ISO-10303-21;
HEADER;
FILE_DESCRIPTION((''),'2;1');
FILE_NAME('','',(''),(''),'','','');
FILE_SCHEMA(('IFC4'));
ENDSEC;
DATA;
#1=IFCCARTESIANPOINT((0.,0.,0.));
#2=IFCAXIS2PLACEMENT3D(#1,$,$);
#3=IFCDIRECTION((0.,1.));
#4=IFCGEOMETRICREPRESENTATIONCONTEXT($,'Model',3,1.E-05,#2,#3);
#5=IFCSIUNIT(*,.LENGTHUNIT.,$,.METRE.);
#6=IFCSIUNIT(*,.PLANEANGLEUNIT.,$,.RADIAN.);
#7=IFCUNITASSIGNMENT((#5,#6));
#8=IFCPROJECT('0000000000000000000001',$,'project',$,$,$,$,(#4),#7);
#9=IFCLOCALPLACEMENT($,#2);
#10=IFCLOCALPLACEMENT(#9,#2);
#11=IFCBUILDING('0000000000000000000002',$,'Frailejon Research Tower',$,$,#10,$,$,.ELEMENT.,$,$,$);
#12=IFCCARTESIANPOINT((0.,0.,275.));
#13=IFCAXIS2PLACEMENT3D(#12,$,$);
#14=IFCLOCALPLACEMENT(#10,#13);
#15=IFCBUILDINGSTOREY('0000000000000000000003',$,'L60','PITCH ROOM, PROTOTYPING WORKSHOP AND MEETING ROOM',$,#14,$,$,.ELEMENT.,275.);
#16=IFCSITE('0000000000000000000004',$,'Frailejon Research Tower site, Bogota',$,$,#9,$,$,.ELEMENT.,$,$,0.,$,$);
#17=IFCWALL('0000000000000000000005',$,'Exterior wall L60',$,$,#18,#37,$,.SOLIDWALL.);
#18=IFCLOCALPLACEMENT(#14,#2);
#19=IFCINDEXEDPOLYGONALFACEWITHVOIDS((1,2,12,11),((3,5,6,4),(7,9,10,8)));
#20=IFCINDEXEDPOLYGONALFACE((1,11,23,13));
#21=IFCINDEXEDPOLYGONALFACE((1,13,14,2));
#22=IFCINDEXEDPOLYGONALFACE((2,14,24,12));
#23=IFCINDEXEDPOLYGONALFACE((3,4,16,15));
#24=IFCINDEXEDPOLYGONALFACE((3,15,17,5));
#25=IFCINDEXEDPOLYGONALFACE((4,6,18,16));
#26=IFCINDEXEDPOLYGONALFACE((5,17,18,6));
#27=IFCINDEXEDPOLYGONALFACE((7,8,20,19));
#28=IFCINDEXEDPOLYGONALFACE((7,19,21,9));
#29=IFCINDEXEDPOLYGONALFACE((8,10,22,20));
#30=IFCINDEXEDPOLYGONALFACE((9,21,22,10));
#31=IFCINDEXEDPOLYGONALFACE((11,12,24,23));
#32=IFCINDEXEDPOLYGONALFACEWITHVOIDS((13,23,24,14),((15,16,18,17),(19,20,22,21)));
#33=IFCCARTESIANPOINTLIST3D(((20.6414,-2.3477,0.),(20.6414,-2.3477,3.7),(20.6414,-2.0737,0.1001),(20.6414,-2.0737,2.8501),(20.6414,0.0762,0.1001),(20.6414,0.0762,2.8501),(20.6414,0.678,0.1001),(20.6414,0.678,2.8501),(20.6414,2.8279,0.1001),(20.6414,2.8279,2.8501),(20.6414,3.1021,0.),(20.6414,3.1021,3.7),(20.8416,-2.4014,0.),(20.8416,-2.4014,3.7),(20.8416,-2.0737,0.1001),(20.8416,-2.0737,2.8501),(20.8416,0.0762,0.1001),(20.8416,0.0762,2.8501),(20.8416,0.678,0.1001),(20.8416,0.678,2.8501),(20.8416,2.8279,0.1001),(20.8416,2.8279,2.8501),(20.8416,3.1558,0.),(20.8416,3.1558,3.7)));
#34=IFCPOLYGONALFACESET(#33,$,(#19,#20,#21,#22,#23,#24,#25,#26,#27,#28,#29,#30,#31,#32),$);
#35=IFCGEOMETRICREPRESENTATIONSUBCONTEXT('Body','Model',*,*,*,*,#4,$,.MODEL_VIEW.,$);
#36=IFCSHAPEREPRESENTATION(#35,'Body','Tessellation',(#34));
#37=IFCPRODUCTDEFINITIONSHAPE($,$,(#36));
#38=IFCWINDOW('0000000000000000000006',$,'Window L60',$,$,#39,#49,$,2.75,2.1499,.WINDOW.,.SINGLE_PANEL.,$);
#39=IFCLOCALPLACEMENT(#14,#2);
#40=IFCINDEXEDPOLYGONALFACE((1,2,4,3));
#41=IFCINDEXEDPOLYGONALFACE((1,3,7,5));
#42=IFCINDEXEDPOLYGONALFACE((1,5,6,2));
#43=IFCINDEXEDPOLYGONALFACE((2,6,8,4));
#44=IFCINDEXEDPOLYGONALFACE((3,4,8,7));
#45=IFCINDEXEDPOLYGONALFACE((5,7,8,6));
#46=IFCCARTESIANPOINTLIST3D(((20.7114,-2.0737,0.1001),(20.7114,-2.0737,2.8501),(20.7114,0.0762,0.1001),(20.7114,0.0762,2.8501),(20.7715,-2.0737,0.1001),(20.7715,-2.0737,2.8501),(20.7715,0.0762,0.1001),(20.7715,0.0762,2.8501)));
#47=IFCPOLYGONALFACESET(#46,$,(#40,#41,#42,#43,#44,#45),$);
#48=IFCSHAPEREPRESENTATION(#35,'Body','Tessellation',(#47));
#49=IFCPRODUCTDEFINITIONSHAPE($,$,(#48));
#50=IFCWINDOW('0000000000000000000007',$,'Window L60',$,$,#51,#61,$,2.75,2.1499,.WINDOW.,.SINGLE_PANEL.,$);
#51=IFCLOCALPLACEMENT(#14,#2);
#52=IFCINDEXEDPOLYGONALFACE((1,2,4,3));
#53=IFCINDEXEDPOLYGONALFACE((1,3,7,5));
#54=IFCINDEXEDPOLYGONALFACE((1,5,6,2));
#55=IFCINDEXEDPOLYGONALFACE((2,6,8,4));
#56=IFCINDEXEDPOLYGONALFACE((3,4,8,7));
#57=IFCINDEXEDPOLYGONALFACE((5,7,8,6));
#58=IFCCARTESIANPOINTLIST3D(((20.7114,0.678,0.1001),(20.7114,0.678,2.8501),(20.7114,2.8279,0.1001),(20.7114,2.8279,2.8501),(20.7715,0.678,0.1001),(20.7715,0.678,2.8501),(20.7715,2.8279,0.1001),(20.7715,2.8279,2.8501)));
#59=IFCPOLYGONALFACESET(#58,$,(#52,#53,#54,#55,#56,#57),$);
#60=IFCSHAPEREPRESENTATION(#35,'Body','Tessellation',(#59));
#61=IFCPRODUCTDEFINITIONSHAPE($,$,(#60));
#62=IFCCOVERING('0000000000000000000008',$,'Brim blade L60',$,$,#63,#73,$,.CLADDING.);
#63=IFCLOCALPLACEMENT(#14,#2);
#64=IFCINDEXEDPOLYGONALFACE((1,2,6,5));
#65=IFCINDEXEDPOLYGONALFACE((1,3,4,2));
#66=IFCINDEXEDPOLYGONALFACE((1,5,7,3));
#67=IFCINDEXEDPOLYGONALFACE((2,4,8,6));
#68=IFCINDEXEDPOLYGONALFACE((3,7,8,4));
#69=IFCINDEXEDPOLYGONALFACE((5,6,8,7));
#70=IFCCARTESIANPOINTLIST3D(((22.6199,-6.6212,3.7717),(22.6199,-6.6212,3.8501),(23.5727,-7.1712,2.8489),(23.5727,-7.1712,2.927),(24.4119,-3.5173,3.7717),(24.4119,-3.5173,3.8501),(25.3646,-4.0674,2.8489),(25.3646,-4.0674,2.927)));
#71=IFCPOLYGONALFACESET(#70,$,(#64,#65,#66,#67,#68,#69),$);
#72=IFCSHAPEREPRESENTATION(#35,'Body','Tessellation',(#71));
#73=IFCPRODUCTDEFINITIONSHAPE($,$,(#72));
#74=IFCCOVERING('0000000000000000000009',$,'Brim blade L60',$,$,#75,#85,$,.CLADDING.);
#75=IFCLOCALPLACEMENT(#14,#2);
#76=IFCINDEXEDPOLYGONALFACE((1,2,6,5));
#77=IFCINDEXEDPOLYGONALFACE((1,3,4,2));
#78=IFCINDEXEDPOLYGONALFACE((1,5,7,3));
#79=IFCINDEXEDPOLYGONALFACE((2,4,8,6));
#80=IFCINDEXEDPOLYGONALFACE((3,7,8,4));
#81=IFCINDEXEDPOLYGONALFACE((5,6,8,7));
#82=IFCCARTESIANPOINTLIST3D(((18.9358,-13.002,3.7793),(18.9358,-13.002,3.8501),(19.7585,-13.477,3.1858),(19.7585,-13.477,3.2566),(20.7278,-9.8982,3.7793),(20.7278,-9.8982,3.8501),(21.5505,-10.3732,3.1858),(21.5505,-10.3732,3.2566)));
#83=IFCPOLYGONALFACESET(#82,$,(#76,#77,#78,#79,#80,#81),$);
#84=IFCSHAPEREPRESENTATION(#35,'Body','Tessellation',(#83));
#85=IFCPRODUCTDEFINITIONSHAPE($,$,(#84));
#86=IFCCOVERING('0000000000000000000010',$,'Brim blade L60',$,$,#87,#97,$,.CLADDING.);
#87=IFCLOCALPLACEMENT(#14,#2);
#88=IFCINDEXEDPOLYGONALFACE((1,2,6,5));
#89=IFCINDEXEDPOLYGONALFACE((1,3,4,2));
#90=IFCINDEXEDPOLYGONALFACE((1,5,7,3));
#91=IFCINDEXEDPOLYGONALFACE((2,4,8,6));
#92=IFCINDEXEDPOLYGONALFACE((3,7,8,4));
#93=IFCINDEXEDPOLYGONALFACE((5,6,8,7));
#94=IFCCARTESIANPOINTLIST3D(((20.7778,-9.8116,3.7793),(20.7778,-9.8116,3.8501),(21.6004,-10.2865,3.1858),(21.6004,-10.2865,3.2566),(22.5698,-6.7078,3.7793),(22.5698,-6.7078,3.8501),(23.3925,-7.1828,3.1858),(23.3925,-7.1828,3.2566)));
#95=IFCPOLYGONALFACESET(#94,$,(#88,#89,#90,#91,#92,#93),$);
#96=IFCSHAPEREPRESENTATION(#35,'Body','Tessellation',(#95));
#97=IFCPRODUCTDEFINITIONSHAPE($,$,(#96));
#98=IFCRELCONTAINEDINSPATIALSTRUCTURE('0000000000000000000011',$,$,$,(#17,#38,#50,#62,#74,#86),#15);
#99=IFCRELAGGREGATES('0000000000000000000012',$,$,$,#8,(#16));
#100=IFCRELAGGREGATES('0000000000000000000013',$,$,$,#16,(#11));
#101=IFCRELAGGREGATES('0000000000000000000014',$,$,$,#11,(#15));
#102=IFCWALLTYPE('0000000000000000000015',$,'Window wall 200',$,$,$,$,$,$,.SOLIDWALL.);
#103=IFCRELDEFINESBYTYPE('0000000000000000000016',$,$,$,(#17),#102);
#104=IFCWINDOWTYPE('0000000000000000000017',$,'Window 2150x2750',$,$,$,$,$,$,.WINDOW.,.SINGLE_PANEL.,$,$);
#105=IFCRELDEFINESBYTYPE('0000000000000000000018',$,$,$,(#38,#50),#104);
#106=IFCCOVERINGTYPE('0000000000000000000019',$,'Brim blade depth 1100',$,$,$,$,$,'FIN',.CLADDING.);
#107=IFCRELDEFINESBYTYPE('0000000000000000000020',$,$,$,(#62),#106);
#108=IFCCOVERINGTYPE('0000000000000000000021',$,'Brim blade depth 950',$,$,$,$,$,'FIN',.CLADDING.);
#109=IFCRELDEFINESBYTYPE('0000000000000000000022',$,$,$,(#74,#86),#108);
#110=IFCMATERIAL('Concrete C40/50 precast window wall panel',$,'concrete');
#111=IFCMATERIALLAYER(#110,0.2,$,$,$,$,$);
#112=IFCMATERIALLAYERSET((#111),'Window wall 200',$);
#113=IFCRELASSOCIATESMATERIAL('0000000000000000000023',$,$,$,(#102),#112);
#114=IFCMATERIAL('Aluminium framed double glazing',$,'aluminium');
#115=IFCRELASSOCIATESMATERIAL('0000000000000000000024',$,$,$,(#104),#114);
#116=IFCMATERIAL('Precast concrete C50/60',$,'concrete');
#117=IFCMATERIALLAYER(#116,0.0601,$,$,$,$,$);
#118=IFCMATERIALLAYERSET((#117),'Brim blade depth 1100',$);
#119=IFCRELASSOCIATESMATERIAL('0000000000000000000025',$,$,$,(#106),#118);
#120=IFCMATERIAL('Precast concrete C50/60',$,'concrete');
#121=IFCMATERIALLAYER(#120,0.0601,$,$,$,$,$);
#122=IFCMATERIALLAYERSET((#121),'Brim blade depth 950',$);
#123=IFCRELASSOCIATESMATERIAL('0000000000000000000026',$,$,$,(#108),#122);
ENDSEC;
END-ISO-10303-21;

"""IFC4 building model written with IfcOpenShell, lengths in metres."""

from ifc_helpers import new_model, si_unit, direction, frame, frame_2d, origin, place, context, subcontext, project, spatial, polyline, rectangle, outline, extrude, material, layer, layer_set, type_object, element, fill, save


model = new_model("IFC4")

# Units and contexts
model_context = context("Model", 3, precision=1e-05, world=origin(), true_north=direction((0.0, 1.0)))
body_context = subcontext(model_context, "Body", "Model", "MODEL_VIEW")
ifc_project = project(units=[si_unit("LENGTHUNIT", "METRE"), si_unit("PLANEANGLEUNIT", "RADIAN")], contexts=[model_context])

# Site, building, storey
site_placement = place(None, origin())
site = spatial("IfcSite", under=ifc_project, at=site_placement, Name="Frailejon Research Tower site, Bogota", CompositionType="ELEMENT", RefElevation=0.0)
building_placement = place(site_placement, origin())
building = spatial("IfcBuilding", under=site, at=building_placement, Name="Frailejon Research Tower", CompositionType="ELEMENT")
storey_placement = place(building_placement, frame((0.0, 0.0, 275.0)))
storey = spatial("IfcBuildingStorey", under=building, at=storey_placement, Name="L60", Description="PITCH ROOM, PROTOTYPING WORKSHOP AND MEETING ROOM", CompositionType="ELEMENT", Elevation=275.0)

# Wall, openings, windows
ifc_material_1 = material(Name="Concrete C40/50 precast window wall panel", Category="concrete")
ifc_layer_1 = layer(ifc_material_1, 0.2)
ifc_layer_set_1 = layer_set([ifc_layer_1], Name="Window wall 200")
wall_type = type_object("IfcWallType", Name="Window wall 200", PredefinedType="SOLIDWALL", material=ifc_layer_set_1)
wall_placement = place(storey_placement, frame((20.7415, -2.3745, 0.0), z_axis=(0.0, 0.0, 1.0), x_axis=(0.0, 1.0, 0.0)))
wall = element("IfcWall", 1, at=wall_placement, inside=storey, type_object=wall_type, Name="Exterior wall L60", PredefinedType="SOLIDWALL", context=body_context, shape_type="SweptSolid", body=[
    extrude(outline(polyline([(-0.0269, -0.1001), (1.0845, -0.1001), (2.196, -0.1001), (3.3074, -0.1001), (4.4189, -0.1001), (5.5303, -0.1001), (5.4766, 0.1001), (4.3867, 0.1001), (3.2966, 0.1001), (2.2068, 0.1001), (1.1167, 0.1001), (0.0269, 0.1001), (-0.0269, -0.1001)])), origin(), (0.0, 0.0, 1.0), 3.7),
])
opening_1_placement = place(wall_placement, frame((0.3008, 0.0, 0.1001)))
opening_1 = element("IfcOpeningElement", 2, at=opening_1_placement, cuts=wall, PredefinedType="OPENING", context=body_context, shape_type="SweptSolid", body=[
    extrude(rectangle(XDim=2.1499, YDim=2.75, at=frame_2d((1.075, 1.375))), frame((0.0, 0.1099, 0.0), z_axis=(0.0, -1.0, 0.0), x_axis=(1.0, 0.0, 0.0)), (0.0, 0.0, 1.0), 0.22),
])
opening_2_placement = place(wall_placement, frame((3.0525, 0.0, 0.1001)))
opening_2 = element("IfcOpeningElement", 3, at=opening_2_placement, cuts=wall, PredefinedType="OPENING", context=body_context, shape_type="SweptSolid", body=[
    extrude(rectangle(XDim=2.1499, YDim=2.75, at=frame_2d((1.075, 1.375))), frame((0.0, 0.1099, 0.0), z_axis=(0.0, -1.0, 0.0), x_axis=(1.0, 0.0, 0.0)), (0.0, 0.0, 1.0), 0.22),
])
ifc_material_2 = material(Name="Aluminium framed double glazing", Category="aluminium")
window_type = type_object("IfcWindowType", Name="Window 2150x2750", PartitioningType="SINGLE_PANEL", PredefinedType="WINDOW", material=ifc_material_2)
window_1_placement = place(opening_1_placement, origin())
window_1 = element("IfcWindow", 4, at=window_1_placement, inside=storey, type_object=window_type, Name="Window L60", OverallHeight=2.75, OverallWidth=2.1499, PartitioningType="SINGLE_PANEL", PredefinedType="WINDOW", context=body_context, shape_type="SweptSolid", body=[
    extrude(rectangle(XDim=2.1499, YDim=2.75, at=frame_2d((1.075, 1.375))), frame((0.0, 0.03, 0.0), z_axis=(0.0, -1.0, 0.0), x_axis=(1.0, 0.0, 0.0)), (0.0, 0.0, 1.0), 0.0601),
])
fill(opening_1, window_1)
window_2_placement = place(opening_2_placement, origin())
window_2 = element("IfcWindow", 5, at=window_2_placement, inside=storey, type_object=window_type, Name="Window L60", OverallHeight=2.75, OverallWidth=2.1499, PartitioningType="SINGLE_PANEL", PredefinedType="WINDOW", context=body_context, shape_type="SweptSolid", body=[
    extrude(rectangle(XDim=2.1499, YDim=2.75, at=frame_2d((1.075, 1.375))), frame((0.0, 0.03, 0.0), z_axis=(0.0, -1.0, 0.0), x_axis=(1.0, 0.0, 0.0)), (0.0, 0.0, 1.0), 0.0601),
])
fill(opening_2, window_2)

# Coverings
ifc_material_3 = material(Name="Precast concrete C50/60", Category="concrete")
ifc_layer_2 = layer(ifc_material_3, 0.0601)
ifc_layer_set_2 = layer_set([ifc_layer_2], Name="Brim blade depth 1100")
covering_type_1 = type_object("IfcCoveringType", Name="Brim blade depth 1100", ElementType="FIN", PredefinedType="CLADDING", material=ifc_layer_set_2)
covering_placement = place(storey_placement, frame((24.4119, -3.5173, 3.8501), z_axis=(-0.499984, -0.866035, 0.0), x_axis=(0.866035, -0.499984, 0.0)))
element("IfcCovering", 6, at=covering_placement, inside=storey, type_object=covering_type_1, Name="Brim blade L60", PredefinedType="CLADDING", context=body_context, shape_type="SweptSolid", body=[
    extrude(outline(polyline([(0.0, -0.0784), (1.1001, -1.0012), (1.1001, -0.9231), (0.0, 0.0), (0.0, -0.0784)])), origin(), (0.0, 0.0, 1.0), 3.584),
])
ifc_material_4 = material(Name="Precast concrete C50/60", Category="concrete")
ifc_layer_3 = layer(ifc_material_4, 0.0601)
ifc_layer_set_3 = layer_set([ifc_layer_3], Name="Brim blade depth 950")
covering_type_2 = type_object("IfcCoveringType", Name="Brim blade depth 950", ElementType="FIN", PredefinedType="CLADDING", material=ifc_layer_set_3)
for number, where, z_axis, x_axis, name in (
    (7, (20.7278, -9.8982, 3.8501), (-0.499984, -0.866035, 0.0), (0.866035, -0.499984, 0.0), "Brim blade L60"),
    (8, (22.5698, -6.7078, 3.8501), (-0.500016, -0.866016, 0.0), (0.866016, -0.500016, 0.0), "Brim blade L60"),
):
    element("IfcCovering", number, at=place(storey_placement, frame(where, z_axis=z_axis, x_axis=x_axis)), inside=storey, type_object=covering_type_2, Name=name, PredefinedType="CLADDING", context=body_context, shape_type="SweptSolid", body=[
        extrude(outline(polyline([(0.0, -0.0708), (0.95, -0.6643), (0.95, -0.5935), (0.0, 0.0), (0.0, -0.0708)])), origin(), (0.0, 0.0, 1.0), 3.584),
    ])

save(model, "model.ifc")
